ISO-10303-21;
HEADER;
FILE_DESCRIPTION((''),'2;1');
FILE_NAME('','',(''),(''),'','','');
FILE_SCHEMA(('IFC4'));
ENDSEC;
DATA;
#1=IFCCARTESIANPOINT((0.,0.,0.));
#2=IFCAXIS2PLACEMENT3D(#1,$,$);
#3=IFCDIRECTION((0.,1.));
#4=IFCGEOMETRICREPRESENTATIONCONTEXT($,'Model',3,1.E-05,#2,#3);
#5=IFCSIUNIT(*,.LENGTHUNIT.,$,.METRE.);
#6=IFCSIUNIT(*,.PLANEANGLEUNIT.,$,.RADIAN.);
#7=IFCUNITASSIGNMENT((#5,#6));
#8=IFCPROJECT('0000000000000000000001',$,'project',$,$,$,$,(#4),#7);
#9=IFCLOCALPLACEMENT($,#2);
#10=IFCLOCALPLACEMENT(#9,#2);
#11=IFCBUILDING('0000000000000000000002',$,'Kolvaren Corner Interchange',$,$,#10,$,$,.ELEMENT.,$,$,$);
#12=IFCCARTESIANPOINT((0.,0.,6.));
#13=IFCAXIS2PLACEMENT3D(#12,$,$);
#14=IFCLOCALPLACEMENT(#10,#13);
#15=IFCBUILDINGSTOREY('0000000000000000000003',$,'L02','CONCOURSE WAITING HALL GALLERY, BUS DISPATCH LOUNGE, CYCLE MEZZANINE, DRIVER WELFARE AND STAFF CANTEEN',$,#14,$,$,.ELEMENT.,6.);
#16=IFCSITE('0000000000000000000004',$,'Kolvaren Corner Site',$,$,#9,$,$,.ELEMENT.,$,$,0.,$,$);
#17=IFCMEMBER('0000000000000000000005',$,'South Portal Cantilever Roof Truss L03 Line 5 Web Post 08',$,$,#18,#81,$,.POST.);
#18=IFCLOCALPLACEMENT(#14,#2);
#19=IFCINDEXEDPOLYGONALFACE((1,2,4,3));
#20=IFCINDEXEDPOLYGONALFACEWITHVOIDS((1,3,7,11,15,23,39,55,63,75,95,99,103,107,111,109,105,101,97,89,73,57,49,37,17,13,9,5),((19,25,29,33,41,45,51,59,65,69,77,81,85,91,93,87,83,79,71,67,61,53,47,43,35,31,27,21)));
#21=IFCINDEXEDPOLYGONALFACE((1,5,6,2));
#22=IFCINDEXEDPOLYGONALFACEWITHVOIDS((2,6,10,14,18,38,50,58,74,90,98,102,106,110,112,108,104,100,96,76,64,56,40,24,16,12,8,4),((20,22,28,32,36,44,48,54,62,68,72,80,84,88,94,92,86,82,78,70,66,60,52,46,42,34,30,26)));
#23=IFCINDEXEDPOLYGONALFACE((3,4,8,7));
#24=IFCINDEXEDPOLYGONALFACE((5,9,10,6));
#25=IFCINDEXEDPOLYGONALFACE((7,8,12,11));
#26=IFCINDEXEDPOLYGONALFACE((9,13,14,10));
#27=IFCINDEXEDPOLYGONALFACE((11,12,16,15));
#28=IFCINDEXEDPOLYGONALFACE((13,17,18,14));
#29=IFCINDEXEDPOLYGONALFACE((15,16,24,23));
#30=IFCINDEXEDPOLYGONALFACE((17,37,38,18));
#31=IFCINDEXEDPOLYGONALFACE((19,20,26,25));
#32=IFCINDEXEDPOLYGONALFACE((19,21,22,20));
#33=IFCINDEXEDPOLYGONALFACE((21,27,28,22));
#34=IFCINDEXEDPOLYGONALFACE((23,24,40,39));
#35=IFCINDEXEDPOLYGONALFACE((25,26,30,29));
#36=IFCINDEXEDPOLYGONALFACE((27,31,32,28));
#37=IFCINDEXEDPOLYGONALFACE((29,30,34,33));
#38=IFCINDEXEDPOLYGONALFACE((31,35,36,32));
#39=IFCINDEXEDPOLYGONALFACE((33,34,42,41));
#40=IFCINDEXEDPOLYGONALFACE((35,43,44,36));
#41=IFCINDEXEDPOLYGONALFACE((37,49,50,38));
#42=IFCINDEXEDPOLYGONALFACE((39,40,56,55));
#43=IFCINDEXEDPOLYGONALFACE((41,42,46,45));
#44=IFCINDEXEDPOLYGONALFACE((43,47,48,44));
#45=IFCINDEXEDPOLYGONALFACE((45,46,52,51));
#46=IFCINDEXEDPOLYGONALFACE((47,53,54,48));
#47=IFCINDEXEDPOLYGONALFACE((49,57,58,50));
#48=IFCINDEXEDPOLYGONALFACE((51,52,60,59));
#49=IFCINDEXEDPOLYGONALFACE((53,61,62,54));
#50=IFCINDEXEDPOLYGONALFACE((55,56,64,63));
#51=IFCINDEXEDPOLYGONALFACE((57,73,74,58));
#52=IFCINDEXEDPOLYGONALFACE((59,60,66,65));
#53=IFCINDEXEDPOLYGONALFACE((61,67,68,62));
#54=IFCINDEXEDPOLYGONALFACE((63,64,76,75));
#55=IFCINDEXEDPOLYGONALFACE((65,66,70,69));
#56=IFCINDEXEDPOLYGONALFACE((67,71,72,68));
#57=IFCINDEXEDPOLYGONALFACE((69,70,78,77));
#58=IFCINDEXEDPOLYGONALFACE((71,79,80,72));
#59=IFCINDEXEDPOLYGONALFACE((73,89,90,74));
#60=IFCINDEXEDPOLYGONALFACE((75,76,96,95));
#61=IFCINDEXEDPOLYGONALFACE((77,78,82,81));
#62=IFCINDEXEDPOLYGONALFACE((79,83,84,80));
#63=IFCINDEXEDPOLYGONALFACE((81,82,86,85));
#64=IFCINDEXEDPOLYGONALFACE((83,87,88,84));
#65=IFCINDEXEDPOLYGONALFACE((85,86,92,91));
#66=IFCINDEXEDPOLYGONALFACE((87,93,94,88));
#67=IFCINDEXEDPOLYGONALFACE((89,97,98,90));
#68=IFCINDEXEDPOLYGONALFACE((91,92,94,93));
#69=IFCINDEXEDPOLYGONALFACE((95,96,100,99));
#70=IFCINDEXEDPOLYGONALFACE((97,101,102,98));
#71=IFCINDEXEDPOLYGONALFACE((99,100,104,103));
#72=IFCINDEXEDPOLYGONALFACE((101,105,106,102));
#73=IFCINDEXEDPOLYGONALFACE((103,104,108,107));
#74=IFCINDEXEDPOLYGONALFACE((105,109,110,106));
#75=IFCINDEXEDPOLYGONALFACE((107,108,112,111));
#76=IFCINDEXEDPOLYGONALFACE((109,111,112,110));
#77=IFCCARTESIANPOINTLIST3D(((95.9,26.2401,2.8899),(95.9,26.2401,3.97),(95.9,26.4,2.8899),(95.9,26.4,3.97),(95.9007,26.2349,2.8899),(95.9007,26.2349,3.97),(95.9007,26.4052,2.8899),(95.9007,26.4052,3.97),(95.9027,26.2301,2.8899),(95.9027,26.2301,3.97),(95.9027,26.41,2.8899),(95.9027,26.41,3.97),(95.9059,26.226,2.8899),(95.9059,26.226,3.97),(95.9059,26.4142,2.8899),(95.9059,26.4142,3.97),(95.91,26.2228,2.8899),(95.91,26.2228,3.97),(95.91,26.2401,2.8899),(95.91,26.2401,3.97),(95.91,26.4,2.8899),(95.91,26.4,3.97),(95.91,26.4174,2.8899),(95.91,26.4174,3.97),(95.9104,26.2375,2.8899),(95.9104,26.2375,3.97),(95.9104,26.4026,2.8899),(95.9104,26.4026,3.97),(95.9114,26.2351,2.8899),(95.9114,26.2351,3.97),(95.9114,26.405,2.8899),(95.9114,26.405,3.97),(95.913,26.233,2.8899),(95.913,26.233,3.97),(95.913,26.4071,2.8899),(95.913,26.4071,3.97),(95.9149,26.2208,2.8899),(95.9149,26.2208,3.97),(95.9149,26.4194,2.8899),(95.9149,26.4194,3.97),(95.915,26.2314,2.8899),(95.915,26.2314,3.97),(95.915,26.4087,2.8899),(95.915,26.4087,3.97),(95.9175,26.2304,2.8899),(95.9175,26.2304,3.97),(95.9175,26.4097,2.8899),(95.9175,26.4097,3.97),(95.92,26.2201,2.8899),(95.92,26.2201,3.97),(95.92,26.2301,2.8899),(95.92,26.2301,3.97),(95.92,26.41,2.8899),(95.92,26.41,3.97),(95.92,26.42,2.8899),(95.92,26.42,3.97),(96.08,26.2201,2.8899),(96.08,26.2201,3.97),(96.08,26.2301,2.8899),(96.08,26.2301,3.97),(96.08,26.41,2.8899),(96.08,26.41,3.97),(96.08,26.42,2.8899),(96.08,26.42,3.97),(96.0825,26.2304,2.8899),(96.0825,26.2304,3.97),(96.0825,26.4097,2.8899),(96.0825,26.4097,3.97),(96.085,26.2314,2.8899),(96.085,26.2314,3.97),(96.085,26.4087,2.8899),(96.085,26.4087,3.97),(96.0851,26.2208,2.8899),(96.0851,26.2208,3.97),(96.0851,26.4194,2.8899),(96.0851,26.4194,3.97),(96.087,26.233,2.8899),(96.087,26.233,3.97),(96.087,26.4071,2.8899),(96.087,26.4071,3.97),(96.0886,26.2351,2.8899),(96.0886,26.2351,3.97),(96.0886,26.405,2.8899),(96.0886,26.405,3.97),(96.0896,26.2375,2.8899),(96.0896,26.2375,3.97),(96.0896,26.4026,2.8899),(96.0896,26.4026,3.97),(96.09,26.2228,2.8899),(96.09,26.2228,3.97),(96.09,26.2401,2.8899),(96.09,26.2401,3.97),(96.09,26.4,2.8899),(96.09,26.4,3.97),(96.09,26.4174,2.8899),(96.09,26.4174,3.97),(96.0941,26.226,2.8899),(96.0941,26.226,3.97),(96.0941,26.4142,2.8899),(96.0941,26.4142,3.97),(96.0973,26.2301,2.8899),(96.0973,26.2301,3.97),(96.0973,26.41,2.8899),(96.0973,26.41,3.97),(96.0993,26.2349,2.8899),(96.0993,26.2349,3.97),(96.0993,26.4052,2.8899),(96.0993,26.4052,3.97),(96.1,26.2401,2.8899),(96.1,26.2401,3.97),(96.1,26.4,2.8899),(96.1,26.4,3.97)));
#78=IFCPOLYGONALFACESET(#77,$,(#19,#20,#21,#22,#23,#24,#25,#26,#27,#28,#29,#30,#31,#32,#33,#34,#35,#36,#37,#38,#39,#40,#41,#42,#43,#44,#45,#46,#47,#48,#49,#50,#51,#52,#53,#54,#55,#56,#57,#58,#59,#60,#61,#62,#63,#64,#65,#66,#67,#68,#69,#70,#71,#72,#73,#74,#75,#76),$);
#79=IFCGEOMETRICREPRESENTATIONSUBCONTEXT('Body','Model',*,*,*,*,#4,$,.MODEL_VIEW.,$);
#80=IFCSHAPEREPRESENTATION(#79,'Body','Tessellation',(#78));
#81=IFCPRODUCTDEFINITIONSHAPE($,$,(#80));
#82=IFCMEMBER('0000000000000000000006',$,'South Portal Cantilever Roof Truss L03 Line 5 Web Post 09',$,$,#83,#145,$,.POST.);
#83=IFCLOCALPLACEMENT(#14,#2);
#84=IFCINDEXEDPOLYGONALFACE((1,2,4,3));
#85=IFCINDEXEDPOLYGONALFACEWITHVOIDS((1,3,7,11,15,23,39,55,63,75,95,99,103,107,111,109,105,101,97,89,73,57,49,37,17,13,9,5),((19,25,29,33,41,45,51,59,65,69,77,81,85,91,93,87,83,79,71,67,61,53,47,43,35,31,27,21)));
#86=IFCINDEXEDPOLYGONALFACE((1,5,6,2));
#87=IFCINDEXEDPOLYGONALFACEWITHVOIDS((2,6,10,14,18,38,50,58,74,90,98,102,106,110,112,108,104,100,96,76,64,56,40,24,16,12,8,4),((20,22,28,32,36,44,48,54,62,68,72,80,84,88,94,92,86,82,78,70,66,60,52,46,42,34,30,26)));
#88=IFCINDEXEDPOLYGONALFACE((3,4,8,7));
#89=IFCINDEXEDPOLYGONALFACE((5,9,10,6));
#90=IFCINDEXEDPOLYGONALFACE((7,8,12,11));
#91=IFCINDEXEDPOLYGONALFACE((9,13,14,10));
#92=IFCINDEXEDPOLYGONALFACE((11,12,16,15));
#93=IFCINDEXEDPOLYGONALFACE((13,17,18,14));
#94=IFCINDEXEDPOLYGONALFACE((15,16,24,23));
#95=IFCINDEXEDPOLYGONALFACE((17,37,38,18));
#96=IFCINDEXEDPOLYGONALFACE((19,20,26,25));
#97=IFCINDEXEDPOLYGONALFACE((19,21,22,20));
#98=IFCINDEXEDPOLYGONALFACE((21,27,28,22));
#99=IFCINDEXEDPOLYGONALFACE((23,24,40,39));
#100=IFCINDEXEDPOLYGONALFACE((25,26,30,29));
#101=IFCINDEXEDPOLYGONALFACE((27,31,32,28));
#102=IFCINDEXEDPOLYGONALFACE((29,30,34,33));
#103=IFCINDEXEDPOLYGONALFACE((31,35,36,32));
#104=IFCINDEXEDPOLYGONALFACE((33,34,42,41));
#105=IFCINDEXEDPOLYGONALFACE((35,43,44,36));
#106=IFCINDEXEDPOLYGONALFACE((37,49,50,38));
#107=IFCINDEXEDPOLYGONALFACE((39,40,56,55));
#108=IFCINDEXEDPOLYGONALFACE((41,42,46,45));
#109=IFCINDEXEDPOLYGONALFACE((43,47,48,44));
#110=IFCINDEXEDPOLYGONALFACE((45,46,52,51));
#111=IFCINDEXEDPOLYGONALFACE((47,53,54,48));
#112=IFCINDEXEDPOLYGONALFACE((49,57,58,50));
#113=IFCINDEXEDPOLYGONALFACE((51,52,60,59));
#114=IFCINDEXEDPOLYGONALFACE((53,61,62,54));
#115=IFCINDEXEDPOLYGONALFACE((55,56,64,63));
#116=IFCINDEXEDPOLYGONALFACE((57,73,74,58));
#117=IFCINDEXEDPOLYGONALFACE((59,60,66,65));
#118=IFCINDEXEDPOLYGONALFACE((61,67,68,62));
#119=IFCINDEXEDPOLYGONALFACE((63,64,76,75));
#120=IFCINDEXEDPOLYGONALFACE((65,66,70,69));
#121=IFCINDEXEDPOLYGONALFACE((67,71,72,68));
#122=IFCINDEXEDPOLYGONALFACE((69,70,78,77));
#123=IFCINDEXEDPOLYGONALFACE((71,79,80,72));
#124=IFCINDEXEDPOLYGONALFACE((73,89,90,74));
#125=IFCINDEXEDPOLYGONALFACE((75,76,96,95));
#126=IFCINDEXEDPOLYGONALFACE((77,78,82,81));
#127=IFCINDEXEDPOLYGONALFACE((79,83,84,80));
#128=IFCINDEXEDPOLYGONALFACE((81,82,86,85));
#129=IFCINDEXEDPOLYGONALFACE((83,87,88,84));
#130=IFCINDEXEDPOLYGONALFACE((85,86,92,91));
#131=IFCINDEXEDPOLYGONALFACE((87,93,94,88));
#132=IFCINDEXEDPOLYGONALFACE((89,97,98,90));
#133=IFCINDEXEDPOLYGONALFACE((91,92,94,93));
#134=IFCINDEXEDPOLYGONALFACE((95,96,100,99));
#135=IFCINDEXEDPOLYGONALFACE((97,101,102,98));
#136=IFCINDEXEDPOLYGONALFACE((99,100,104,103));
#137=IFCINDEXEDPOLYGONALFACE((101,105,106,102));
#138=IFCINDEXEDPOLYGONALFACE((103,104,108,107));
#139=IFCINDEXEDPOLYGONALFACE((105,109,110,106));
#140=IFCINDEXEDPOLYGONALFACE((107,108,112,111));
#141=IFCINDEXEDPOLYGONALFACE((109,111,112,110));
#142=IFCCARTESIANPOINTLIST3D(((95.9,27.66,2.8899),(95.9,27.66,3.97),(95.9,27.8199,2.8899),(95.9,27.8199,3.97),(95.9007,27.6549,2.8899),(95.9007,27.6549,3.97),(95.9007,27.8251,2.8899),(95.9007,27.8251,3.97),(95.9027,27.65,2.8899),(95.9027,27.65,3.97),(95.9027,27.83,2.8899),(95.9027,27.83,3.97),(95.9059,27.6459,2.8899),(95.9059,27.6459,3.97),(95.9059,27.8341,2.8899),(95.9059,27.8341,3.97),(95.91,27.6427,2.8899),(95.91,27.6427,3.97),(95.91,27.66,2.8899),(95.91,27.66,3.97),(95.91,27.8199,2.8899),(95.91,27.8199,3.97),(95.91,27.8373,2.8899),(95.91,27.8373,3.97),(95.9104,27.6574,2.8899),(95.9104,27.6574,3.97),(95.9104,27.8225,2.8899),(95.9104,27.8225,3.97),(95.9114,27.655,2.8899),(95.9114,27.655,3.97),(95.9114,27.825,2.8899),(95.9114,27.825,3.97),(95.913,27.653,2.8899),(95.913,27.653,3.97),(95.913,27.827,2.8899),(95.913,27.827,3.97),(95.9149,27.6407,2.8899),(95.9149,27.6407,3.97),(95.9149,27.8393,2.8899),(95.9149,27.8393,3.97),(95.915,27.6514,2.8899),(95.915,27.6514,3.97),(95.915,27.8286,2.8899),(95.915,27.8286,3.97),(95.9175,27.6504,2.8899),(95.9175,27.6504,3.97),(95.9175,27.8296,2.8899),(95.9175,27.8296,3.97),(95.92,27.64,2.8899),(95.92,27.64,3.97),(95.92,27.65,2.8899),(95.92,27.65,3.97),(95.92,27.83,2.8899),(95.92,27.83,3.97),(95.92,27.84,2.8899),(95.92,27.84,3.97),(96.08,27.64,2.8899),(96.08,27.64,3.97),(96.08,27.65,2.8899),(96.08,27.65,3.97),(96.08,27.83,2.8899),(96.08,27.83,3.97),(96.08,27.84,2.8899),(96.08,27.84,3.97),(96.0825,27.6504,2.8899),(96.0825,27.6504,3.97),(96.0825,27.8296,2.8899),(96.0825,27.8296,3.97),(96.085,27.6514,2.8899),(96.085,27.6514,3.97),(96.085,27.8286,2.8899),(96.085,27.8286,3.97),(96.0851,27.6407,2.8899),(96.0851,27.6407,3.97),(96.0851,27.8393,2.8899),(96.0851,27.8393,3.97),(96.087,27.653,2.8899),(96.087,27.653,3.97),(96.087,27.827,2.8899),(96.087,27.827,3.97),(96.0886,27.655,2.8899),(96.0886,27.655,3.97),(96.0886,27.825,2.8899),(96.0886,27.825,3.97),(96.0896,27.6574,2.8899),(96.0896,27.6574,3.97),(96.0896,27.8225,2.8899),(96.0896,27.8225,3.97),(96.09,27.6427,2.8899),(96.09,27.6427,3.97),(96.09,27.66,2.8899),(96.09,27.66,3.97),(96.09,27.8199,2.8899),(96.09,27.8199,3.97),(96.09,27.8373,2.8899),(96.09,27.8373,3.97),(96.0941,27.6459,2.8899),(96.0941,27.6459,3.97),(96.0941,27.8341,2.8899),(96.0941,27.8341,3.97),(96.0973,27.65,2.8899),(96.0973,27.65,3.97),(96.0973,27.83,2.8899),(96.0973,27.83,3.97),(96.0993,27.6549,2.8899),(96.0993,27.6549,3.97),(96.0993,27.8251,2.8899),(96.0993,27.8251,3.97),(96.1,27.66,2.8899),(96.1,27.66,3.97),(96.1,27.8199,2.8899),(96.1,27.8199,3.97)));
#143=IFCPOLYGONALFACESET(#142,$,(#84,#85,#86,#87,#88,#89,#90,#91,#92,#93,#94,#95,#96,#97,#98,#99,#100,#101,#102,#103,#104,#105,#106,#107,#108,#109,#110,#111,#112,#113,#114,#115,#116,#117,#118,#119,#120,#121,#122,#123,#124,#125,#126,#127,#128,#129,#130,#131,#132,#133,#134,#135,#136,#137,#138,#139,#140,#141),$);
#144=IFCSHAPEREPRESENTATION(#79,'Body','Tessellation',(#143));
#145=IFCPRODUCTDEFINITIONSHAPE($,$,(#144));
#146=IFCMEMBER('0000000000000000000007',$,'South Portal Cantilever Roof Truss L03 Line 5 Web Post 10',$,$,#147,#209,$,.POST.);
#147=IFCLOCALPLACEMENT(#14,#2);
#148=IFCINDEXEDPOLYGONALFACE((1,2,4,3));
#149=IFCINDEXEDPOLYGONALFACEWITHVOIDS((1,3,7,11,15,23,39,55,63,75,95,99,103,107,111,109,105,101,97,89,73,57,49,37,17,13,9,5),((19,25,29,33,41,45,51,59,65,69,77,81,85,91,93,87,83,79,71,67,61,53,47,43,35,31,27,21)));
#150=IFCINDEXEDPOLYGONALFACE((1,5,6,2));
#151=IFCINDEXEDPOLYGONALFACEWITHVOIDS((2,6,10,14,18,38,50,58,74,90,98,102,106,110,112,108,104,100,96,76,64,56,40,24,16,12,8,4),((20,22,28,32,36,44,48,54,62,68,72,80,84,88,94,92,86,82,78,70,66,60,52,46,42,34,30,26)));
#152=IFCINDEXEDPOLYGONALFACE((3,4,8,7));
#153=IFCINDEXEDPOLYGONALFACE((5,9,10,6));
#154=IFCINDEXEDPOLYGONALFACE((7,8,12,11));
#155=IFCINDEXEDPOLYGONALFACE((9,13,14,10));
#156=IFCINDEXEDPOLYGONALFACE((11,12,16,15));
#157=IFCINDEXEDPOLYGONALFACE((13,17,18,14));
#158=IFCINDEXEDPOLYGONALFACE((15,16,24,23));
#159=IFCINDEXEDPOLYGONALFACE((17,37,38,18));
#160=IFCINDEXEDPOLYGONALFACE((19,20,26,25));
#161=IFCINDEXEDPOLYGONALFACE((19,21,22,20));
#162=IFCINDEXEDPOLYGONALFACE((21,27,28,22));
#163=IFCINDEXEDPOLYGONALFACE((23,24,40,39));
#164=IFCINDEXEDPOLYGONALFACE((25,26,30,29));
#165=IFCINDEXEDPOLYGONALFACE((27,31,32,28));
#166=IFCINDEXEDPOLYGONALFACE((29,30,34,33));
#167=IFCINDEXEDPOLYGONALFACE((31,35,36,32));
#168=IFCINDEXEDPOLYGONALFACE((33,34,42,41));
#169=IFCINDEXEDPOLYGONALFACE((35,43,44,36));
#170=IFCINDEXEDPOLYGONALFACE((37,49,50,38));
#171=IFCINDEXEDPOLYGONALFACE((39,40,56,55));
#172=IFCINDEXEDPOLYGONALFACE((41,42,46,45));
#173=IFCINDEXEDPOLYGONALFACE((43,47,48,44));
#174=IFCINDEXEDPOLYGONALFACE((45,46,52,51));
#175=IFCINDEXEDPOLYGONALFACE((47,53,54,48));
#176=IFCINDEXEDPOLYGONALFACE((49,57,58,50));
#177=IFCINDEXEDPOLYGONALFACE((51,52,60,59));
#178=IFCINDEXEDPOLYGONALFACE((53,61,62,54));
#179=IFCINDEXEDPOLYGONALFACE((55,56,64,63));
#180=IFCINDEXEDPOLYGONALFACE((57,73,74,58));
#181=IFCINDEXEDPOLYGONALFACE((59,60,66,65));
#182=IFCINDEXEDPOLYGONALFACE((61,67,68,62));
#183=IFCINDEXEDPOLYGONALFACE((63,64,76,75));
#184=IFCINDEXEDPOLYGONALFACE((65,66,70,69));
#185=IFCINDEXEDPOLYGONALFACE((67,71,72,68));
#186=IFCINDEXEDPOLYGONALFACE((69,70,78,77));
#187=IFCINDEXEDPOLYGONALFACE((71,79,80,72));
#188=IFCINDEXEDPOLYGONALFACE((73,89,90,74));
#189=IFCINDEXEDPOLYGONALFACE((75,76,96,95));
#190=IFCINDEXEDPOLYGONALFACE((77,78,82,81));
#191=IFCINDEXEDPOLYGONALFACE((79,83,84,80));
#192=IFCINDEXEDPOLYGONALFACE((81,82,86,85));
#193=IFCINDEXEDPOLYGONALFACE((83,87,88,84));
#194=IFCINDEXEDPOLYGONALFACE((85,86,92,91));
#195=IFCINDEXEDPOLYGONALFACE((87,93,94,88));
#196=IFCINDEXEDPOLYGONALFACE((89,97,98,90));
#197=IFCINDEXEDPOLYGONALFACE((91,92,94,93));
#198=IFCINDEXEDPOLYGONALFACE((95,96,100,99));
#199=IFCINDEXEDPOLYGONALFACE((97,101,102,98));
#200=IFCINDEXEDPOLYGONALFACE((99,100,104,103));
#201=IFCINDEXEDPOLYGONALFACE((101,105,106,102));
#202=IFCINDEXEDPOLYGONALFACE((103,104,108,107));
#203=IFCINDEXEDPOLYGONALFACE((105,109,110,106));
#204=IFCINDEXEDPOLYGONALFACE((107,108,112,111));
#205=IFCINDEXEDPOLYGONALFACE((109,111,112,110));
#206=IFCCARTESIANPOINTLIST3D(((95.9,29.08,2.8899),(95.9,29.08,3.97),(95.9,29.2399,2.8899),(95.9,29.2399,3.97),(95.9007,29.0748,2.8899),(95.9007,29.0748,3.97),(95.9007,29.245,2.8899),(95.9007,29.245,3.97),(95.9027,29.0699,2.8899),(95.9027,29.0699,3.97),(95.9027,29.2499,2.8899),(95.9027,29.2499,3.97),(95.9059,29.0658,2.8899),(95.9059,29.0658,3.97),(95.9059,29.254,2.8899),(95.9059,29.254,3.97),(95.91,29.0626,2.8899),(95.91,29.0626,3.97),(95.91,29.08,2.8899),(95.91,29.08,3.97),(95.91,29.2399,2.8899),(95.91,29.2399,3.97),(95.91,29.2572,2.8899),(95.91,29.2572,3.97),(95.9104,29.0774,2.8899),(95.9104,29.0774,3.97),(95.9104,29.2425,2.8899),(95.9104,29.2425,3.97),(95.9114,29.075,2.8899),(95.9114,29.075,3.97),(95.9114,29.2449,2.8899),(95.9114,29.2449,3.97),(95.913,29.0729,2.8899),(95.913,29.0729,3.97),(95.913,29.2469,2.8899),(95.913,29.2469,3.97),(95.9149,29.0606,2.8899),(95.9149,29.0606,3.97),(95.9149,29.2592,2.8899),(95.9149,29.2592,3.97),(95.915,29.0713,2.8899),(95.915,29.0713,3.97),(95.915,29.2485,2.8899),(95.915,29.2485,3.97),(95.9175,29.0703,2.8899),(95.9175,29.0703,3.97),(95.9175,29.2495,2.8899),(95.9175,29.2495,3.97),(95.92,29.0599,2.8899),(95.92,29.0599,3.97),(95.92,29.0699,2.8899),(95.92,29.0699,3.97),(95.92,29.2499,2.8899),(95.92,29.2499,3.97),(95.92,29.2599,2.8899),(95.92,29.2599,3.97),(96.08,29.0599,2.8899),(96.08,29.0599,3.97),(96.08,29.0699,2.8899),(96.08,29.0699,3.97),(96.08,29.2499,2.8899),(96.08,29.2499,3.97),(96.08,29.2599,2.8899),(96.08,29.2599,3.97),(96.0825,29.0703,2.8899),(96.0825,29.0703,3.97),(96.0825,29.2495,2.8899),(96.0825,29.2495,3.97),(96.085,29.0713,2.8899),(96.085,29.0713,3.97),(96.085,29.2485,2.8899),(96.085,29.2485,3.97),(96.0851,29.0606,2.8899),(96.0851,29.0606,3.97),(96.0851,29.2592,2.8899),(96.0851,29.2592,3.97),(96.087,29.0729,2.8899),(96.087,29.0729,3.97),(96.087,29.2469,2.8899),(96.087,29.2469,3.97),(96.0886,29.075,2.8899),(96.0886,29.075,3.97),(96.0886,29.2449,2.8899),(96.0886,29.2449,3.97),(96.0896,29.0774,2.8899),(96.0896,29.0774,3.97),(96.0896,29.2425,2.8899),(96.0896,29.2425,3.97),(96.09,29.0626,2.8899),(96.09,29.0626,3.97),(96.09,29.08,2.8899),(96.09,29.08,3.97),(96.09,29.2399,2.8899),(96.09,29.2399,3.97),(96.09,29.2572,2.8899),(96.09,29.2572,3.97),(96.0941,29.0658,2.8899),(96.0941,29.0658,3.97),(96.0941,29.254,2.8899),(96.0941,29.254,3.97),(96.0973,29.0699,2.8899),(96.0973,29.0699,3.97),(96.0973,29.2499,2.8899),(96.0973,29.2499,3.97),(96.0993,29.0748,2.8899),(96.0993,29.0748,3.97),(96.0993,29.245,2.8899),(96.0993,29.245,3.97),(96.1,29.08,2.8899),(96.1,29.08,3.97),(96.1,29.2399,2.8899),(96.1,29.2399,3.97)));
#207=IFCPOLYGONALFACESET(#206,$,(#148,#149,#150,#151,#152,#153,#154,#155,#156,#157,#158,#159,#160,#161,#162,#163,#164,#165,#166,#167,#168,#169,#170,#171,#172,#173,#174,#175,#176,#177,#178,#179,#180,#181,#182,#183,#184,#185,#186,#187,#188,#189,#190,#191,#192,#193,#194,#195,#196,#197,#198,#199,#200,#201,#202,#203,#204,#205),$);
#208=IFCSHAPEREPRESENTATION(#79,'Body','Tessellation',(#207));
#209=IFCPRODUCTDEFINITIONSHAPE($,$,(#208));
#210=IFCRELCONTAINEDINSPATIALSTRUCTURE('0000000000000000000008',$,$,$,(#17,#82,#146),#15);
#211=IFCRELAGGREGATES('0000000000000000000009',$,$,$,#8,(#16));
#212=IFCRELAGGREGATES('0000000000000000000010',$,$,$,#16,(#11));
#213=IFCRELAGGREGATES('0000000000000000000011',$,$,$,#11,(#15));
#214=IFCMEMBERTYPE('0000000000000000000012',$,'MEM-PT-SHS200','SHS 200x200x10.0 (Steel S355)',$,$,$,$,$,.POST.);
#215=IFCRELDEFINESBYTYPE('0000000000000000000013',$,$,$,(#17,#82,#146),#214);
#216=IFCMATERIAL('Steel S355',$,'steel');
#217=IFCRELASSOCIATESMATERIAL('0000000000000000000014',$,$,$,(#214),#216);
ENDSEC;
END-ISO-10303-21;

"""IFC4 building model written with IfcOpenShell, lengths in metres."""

from ifc_helpers import new_model, si_unit, direction, frame, origin, origin_2d, place, context, subcontext, project, spatial, hollow_rectangle, extrude, material, material_profile, profile_set, type_object, element, save


model = new_model("IFC4")

# Units and contexts
model_context = context("Model", 3, precision=1e-05, world=origin(), true_north=direction((0.0, 1.0)))
body_context = subcontext(model_context, "Body", "Model", "MODEL_VIEW")
ifc_project = project(units=[si_unit("LENGTHUNIT", "METRE"), si_unit("PLANEANGLEUNIT", "RADIAN")], contexts=[model_context])

# Site, building, storey
site_placement = place(None, origin())
site = spatial("IfcSite", under=ifc_project, at=site_placement, Name="Kolvaren Corner Site", CompositionType="ELEMENT", RefElevation=0.0)
building_placement = place(site_placement, origin())
building = spatial("IfcBuilding", under=site, at=building_placement, Name="Kolvaren Corner Interchange", CompositionType="ELEMENT")
storey_placement = place(building_placement, frame((0.0, 0.0, 6.0)))
storey = spatial("IfcBuildingStorey", under=building, at=storey_placement, Name="L02", Description="CONCOURSE WAITING HALL GALLERY, BUS DISPATCH LOUNGE, CYCLE MEZZANINE, DRIVER WELFARE AND STAFF CANTEEN", CompositionType="ELEMENT", Elevation=6.0)

# Members
ifc_material_1 = material(Name="Steel S355", Category="steel")
ifc_material_profile_1 = material_profile(ifc_material_1, hollow_rectangle(XDim=0.2, YDim=0.2, WallThickness=0.01, InnerFilletRadius=0.01, OuterFilletRadius=0.02, at=origin_2d()), Name="SHS 200x200x10.0")
ifc_profile_set_1 = profile_set([ifc_material_profile_1], Name="Steel S355")
member_type_1 = type_object("IfcMemberType", Name="MEM-PT-SHS200", Description="SHS 200x200x10.0 (Steel S355)", PredefinedType="POST", material=ifc_profile_set_1)
for number, where, z_axis, x_axis, name in (
    (1, (96.0, 26.3201, 2.8899), (0.0, 0.0, 1.0), (1.0, 0.0, 0.0), "South Portal Cantilever Roof Truss L03 Line 5 Web Post 08"),
    (2, (96.0, 27.74, 2.8899), (0.0, 0.0, 1.0), (1.0, 0.0, 0.0), "South Portal Cantilever Roof Truss L03 Line 5 Web Post 09"),
    (3, (96.0, 29.1599, 2.8899), (0.0, 0.0, 1.0), (1.0, 0.0, 0.0), "South Portal Cantilever Roof Truss L03 Line 5 Web Post 10"),
):
    element("IfcMember", number, at=place(storey_placement, frame(where, z_axis=z_axis, x_axis=x_axis)), inside=storey, type_object=member_type_1, Name=name, PredefinedType="POST", context=body_context, shape_type="SweptSolid", body=[
        extrude(hollow_rectangle(XDim=0.2, YDim=0.2, WallThickness=0.01, InnerFilletRadius=0.01, OuterFilletRadius=0.02, at=origin_2d()), origin(), (0.0, 0.0, 1.0), 1.0801),
    ])

save(model, "model.ifc")
